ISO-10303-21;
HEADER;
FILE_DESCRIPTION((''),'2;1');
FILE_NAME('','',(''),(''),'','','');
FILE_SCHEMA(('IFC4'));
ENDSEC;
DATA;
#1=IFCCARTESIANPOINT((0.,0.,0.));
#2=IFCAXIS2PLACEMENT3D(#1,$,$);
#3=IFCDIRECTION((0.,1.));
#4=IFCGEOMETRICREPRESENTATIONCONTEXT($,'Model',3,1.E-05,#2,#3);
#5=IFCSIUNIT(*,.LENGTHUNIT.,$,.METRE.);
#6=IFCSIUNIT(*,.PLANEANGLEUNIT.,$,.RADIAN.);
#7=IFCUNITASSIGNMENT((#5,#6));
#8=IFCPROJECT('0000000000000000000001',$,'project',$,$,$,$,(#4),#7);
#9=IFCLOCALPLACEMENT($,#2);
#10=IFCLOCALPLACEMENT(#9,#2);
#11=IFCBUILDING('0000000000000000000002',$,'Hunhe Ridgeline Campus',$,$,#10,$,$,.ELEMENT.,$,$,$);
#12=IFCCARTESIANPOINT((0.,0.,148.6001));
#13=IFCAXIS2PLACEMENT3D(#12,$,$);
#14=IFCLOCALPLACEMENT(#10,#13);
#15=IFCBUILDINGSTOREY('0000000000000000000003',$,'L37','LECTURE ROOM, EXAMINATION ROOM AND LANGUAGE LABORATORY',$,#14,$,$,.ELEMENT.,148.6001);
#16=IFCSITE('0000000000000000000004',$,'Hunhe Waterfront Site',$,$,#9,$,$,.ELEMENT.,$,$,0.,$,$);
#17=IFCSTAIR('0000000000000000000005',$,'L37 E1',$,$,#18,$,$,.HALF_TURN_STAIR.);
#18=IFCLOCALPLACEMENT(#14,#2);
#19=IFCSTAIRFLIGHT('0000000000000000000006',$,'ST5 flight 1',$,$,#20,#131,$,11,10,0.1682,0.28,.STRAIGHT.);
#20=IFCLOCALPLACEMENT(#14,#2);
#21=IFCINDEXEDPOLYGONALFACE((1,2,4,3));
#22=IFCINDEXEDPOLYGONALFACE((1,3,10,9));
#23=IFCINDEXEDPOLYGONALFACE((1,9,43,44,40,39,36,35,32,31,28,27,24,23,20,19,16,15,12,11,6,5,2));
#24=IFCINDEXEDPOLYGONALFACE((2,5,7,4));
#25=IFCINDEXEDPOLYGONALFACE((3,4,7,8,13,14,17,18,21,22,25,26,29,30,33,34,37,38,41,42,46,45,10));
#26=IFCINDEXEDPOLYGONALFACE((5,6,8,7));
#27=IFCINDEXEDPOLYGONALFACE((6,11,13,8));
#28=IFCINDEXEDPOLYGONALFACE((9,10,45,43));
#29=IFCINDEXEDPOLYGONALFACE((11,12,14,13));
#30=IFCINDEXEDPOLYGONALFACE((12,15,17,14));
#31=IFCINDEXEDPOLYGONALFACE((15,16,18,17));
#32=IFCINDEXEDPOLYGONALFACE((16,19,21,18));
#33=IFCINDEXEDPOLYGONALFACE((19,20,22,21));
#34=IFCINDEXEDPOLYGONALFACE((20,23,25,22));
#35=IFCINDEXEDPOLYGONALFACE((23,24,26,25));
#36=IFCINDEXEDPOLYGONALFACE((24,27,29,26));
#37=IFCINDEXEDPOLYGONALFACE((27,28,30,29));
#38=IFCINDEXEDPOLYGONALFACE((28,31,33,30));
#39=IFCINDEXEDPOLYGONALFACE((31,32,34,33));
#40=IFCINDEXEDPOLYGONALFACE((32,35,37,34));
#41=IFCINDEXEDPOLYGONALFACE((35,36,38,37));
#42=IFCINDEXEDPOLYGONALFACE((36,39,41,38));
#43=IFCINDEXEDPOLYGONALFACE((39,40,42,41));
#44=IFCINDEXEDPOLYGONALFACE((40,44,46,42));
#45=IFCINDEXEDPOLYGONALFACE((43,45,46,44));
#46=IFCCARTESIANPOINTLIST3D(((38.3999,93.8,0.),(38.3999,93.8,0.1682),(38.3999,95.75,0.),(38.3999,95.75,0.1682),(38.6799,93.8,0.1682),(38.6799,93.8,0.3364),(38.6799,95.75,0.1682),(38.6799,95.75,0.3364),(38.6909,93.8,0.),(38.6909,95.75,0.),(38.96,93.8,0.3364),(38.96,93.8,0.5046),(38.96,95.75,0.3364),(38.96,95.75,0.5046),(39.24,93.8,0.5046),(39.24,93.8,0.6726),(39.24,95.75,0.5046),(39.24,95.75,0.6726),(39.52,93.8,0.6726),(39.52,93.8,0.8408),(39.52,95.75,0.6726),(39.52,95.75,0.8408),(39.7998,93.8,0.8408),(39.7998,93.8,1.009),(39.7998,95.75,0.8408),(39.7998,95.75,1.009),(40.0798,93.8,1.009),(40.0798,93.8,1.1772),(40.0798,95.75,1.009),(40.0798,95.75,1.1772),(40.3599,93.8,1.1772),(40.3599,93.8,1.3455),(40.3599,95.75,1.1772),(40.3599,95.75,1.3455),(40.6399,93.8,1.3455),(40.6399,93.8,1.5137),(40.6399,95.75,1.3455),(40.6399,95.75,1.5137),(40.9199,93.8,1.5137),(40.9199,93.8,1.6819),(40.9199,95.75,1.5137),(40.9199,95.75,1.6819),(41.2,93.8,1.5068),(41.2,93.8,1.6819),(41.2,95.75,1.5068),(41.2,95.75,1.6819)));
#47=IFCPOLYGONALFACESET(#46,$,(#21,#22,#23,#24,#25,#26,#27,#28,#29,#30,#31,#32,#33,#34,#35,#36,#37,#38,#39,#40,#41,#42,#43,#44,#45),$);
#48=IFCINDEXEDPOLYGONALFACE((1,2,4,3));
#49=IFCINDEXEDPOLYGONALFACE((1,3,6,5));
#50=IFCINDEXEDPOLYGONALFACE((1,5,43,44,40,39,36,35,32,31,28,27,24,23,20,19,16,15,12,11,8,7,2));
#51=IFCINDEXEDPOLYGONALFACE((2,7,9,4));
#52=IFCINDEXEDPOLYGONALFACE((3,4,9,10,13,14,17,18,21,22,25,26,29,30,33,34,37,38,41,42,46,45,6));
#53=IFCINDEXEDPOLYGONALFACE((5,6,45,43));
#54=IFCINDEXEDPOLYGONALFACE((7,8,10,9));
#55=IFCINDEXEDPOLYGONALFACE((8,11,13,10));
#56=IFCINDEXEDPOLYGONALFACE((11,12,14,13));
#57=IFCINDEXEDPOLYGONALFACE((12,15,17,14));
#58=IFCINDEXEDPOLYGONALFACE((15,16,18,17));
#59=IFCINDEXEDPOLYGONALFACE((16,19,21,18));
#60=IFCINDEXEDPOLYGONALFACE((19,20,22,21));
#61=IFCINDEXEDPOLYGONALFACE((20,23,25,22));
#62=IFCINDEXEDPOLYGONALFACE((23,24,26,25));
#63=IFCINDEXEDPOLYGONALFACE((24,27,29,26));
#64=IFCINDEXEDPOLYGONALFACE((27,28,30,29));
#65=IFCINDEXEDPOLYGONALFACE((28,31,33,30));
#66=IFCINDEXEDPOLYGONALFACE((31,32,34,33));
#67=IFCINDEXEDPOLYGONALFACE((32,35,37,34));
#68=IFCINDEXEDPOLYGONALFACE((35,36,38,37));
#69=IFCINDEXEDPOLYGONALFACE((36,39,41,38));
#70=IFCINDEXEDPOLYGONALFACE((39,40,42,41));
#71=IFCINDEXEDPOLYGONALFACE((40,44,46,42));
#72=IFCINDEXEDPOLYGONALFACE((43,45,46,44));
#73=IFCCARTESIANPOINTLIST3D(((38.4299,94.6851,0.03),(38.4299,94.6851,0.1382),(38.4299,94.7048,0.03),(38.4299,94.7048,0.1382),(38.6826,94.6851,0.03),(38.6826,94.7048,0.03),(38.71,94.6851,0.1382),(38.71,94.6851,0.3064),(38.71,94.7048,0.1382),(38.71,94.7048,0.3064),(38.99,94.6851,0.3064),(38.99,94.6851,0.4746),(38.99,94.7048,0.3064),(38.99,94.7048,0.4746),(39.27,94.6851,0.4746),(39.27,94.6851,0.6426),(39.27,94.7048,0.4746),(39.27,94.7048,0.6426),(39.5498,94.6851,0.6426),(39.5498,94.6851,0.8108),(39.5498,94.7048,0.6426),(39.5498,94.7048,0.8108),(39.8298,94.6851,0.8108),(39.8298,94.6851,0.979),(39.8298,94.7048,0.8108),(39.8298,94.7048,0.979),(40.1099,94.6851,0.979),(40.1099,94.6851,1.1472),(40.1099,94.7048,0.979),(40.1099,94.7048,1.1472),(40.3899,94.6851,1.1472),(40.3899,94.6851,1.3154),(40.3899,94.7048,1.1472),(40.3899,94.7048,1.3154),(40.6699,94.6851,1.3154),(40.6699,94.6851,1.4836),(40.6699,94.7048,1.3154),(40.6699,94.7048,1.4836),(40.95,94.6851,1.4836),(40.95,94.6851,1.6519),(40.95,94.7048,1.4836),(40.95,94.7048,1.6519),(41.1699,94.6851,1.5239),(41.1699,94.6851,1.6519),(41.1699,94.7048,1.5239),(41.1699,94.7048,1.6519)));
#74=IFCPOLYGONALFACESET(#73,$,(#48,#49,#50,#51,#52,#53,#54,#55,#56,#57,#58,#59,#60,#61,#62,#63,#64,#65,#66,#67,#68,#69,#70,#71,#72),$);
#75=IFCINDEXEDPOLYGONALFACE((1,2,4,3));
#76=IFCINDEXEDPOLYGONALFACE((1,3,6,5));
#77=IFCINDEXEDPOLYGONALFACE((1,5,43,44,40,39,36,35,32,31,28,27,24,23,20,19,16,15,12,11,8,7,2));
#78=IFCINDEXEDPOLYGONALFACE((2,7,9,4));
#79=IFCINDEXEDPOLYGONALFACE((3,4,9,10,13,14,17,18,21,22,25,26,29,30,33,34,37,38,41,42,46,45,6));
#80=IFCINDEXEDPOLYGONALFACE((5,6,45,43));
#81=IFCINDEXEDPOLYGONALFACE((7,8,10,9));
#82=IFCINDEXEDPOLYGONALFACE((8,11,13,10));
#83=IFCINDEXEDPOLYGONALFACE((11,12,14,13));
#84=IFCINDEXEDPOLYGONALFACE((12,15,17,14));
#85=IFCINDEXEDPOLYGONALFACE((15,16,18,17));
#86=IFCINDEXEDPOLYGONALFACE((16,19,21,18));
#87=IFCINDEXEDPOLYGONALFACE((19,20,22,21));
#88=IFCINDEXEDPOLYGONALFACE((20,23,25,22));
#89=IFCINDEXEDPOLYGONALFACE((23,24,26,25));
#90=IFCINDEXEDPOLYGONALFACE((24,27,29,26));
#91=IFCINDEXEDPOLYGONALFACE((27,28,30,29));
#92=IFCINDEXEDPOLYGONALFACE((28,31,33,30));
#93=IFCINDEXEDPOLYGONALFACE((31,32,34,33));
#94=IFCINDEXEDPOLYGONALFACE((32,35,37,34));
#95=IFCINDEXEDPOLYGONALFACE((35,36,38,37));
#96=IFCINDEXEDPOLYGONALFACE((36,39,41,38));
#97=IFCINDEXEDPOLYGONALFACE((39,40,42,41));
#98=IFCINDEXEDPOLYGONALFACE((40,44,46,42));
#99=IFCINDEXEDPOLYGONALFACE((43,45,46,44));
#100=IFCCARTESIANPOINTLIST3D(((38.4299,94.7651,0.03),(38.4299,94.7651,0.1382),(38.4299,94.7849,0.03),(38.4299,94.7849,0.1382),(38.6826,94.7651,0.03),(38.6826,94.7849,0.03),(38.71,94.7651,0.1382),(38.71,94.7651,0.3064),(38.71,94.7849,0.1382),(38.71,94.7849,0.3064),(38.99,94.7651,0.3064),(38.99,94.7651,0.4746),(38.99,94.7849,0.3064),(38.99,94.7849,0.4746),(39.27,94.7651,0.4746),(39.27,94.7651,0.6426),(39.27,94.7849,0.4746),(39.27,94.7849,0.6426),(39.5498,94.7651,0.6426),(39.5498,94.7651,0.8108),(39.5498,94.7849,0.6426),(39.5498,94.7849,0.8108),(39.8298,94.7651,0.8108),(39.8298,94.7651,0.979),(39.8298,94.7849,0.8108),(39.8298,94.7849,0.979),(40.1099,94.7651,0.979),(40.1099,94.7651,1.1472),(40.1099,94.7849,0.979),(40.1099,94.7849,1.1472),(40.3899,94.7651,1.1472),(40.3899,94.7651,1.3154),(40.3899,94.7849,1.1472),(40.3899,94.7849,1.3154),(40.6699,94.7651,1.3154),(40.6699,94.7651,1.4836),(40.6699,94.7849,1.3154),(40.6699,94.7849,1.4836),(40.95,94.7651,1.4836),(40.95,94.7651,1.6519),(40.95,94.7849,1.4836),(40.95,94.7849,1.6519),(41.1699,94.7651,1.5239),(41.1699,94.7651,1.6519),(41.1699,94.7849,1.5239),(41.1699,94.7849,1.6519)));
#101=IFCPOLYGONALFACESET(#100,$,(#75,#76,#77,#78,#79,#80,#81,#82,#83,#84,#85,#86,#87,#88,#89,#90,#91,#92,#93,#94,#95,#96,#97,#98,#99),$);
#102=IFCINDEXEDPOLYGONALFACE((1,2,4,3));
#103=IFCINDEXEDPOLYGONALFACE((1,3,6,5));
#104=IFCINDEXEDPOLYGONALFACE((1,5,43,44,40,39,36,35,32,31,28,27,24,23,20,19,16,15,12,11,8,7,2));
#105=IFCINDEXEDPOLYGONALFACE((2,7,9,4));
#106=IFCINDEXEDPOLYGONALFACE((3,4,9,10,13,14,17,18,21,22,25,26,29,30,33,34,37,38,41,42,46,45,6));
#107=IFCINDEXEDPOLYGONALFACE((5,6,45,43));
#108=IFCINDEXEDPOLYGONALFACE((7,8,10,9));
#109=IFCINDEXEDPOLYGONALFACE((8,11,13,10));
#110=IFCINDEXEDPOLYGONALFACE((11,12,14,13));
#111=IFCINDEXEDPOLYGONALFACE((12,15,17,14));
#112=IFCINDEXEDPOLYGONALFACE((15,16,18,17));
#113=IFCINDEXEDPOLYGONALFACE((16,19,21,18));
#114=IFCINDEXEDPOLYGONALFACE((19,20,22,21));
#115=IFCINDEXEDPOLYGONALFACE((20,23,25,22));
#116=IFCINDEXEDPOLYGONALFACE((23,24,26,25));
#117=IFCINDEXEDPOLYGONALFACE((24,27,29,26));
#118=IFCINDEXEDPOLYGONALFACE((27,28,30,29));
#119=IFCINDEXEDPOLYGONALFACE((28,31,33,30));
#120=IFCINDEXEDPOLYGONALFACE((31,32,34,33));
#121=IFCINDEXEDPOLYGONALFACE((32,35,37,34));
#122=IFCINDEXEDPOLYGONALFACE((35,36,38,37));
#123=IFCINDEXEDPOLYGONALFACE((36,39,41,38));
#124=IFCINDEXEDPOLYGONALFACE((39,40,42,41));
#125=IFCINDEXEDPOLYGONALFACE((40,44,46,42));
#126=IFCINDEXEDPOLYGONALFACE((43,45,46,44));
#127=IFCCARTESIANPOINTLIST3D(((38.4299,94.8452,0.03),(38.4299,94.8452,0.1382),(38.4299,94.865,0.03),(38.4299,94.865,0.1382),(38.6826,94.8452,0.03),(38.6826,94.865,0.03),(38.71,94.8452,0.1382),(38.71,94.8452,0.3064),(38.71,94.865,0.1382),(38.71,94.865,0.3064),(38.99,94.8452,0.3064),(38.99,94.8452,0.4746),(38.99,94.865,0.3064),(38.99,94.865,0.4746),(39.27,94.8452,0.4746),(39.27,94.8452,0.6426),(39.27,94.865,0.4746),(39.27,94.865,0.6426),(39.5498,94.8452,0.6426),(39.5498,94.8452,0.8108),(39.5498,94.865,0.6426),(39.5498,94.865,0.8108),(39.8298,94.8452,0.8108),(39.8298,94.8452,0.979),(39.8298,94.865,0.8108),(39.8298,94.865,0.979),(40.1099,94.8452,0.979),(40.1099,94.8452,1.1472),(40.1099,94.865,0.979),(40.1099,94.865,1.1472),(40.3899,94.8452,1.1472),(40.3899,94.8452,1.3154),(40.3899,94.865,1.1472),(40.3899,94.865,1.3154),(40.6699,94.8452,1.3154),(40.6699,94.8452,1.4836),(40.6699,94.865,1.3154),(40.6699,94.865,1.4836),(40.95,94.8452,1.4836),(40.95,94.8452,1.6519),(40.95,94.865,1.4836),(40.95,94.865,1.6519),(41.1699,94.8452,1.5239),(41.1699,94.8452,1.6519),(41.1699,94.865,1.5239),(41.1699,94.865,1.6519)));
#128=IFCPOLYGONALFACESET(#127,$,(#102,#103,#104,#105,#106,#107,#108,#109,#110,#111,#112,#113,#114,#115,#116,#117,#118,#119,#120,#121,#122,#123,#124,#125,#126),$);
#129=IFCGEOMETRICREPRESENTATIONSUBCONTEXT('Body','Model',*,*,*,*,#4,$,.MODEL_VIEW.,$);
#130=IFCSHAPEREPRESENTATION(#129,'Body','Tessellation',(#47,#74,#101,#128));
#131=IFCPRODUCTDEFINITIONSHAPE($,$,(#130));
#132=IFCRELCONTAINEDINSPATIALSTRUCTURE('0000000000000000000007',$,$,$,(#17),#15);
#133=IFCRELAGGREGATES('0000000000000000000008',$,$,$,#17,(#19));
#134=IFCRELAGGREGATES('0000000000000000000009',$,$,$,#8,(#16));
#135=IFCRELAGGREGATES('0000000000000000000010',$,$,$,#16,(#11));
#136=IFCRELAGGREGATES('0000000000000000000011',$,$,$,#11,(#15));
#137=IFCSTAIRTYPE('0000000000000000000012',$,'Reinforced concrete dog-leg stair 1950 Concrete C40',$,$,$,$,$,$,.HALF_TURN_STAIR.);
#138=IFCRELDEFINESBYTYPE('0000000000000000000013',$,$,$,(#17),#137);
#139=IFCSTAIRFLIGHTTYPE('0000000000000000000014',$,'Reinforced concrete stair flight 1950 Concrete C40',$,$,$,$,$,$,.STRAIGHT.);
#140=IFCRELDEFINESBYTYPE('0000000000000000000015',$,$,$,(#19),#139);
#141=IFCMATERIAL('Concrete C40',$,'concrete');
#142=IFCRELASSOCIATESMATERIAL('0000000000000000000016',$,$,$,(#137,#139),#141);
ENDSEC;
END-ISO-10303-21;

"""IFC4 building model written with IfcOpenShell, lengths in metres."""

from ifc_helpers import new_model, si_unit, direction, frame, origin, place, context, subcontext, project, spatial, polyline, outline, extrude, material, type_object, element, aggregate, save


model = new_model("IFC4")

# Units and contexts
model_context = context("Model", 3, precision=1e-05, world=origin(), true_north=direction((0.0, 1.0)))
body_context = subcontext(model_context, "Body", "Model", "MODEL_VIEW")
ifc_project = project(units=[si_unit("LENGTHUNIT", "METRE"), si_unit("PLANEANGLEUNIT", "RADIAN")], contexts=[model_context])

# Site, building, storey
site_placement = place(None, origin())
site = spatial("IfcSite", under=ifc_project, at=site_placement, Name="Hunhe Waterfront Site", CompositionType="ELEMENT", RefElevation=0.0)
building_placement = place(site_placement, origin())
building = spatial("IfcBuilding", under=site, at=building_placement, Name="Hunhe Ridgeline Campus", CompositionType="ELEMENT")
storey_placement = place(building_placement, frame((0.0, 0.0, 148.6001)))
storey = spatial("IfcBuildingStorey", under=building, at=storey_placement, Name="L37", Description="LECTURE ROOM, EXAMINATION ROOM AND LANGUAGE LABORATORY", CompositionType="ELEMENT", Elevation=148.6001)

# Shared definitions
ifc_material_1 = material(Name="Concrete C40", Category="concrete")
stair_type = type_object("IfcStairType", Name="Reinforced concrete dog-leg stair 1950 Concrete C40", PredefinedType="HALF_TURN_STAIR", material=ifc_material_1)
stair_flight_type = type_object("IfcStairFlightType", Name="Reinforced concrete stair flight 1950 Concrete C40", PredefinedType="STRAIGHT", material=ifc_material_1)

# Stair, stair flight
stair_1_placement = place(storey_placement, origin())
stair_1 = element("IfcStair", 1, at=stair_1_placement, inside=storey, type_object=stair_type, Name="L37 E1", PredefinedType="HALF_TURN_STAIR")
stair_flight_1_placement = place(storey_placement, frame((38.3999, 94.7749, 0.0), z_axis=(0.0, 0.0, 1.0), x_axis=(1.0, 0.0, 0.0)))
stair_flight_1 = element("IfcStairFlight", 2, at=stair_flight_1_placement, type_object=stair_flight_type, Name="ST5 flight 1", NumberOfRisers=11, NumberOfTreads=10, PredefinedType="STRAIGHT", RiserHeight=0.1682, TreadLength=0.28, context=body_context, shape_type="SweptSolid", body=[
    extrude(outline(polyline([(0.0, 0.0), (0.0, 0.1682), (0.28, 0.1682), (0.28, 0.3364), (0.5601, 0.3364), (0.5601, 0.5046), (0.8401, 0.5046), (0.8401, 0.6726), (1.1201, 0.6726), (1.1201, 0.8408), (1.3999, 0.8408), (1.3999, 1.009), (1.6799, 1.009), (1.6799, 1.1772), (1.96, 1.1772), (1.96, 1.3455), (2.24, 1.3455), (2.24, 1.5137), (2.52, 1.5137), (2.52, 1.6819), (2.8, 1.6819), (2.8, 1.8501), (2.8, 1.5068), (0.291, 0.0), (0.0, 0.0)])), frame((0.0, 0.9751, 0.0), z_axis=(0.0, -1.0, 0.0), x_axis=(1.0, 0.0, 0.0)), (0.0, 0.0, 1.0), 1.95),
    extrude(outline(polyline([(0.03, 0.03), (0.03, 0.1382), (0.3101, 0.1382), (0.3101, 0.3064), (0.5901, 0.3064), (0.5901, 0.4746), (0.8701, 0.4746), (0.8701, 0.6426), (1.1499, 0.6426), (1.1499, 0.8108), (1.4299, 0.8108), (1.4299, 0.979), (1.71, 0.979), (1.71, 1.1472), (1.99, 1.1472), (1.99, 1.3154), (2.27, 1.3154), (2.27, 1.4836), (2.55, 1.4836), (2.55, 1.6519), (2.77, 1.6519), (2.77, 1.5239), (0.2827, 0.03), (0.03, 0.03)])), frame((0.0, -0.0701, 0.0), z_axis=(0.0, -1.0, 0.0), x_axis=(1.0, 0.0, 0.0)), (0.0, 0.0, 1.0), 0.0198),
    extrude(outline(polyline([(0.03, 0.03), (0.03, 0.1382), (0.3101, 0.1382), (0.3101, 0.3064), (0.5901, 0.3064), (0.5901, 0.4746), (0.8701, 0.4746), (0.8701, 0.6426), (1.1499, 0.6426), (1.1499, 0.8108), (1.4299, 0.8108), (1.4299, 0.979), (1.71, 0.979), (1.71, 1.1472), (1.99, 1.1472), (1.99, 1.3154), (2.27, 1.3154), (2.27, 1.4836), (2.55, 1.4836), (2.55, 1.6519), (2.77, 1.6519), (2.77, 1.5239), (0.2827, 0.03), (0.03, 0.03)])), frame((0.0, 0.01, 0.0), z_axis=(0.0, -1.0, 0.0), x_axis=(1.0, 0.0, 0.0)), (0.0, 0.0, 1.0), 0.0198),
    extrude(outline(polyline([(0.03, 0.03), (0.03, 0.1382), (0.3101, 0.1382), (0.3101, 0.3064), (0.5901, 0.3064), (0.5901, 0.4746), (0.8701, 0.4746), (0.8701, 0.6426), (1.1499, 0.6426), (1.1499, 0.8108), (1.4299, 0.8108), (1.4299, 0.979), (1.71, 0.979), (1.71, 1.1472), (1.99, 1.1472), (1.99, 1.3154), (2.27, 1.3154), (2.27, 1.4836), (2.55, 1.4836), (2.55, 1.6519), (2.77, 1.6519), (2.77, 1.5239), (0.2827, 0.03), (0.03, 0.03)])), frame((0.0, 0.0901, 0.0), z_axis=(0.0, -1.0, 0.0), x_axis=(1.0, 0.0, 0.0)), (0.0, 0.0, 1.0), 0.0198),
])
aggregate(stair_1, [stair_flight_1])

save(model, "model.ifc")
